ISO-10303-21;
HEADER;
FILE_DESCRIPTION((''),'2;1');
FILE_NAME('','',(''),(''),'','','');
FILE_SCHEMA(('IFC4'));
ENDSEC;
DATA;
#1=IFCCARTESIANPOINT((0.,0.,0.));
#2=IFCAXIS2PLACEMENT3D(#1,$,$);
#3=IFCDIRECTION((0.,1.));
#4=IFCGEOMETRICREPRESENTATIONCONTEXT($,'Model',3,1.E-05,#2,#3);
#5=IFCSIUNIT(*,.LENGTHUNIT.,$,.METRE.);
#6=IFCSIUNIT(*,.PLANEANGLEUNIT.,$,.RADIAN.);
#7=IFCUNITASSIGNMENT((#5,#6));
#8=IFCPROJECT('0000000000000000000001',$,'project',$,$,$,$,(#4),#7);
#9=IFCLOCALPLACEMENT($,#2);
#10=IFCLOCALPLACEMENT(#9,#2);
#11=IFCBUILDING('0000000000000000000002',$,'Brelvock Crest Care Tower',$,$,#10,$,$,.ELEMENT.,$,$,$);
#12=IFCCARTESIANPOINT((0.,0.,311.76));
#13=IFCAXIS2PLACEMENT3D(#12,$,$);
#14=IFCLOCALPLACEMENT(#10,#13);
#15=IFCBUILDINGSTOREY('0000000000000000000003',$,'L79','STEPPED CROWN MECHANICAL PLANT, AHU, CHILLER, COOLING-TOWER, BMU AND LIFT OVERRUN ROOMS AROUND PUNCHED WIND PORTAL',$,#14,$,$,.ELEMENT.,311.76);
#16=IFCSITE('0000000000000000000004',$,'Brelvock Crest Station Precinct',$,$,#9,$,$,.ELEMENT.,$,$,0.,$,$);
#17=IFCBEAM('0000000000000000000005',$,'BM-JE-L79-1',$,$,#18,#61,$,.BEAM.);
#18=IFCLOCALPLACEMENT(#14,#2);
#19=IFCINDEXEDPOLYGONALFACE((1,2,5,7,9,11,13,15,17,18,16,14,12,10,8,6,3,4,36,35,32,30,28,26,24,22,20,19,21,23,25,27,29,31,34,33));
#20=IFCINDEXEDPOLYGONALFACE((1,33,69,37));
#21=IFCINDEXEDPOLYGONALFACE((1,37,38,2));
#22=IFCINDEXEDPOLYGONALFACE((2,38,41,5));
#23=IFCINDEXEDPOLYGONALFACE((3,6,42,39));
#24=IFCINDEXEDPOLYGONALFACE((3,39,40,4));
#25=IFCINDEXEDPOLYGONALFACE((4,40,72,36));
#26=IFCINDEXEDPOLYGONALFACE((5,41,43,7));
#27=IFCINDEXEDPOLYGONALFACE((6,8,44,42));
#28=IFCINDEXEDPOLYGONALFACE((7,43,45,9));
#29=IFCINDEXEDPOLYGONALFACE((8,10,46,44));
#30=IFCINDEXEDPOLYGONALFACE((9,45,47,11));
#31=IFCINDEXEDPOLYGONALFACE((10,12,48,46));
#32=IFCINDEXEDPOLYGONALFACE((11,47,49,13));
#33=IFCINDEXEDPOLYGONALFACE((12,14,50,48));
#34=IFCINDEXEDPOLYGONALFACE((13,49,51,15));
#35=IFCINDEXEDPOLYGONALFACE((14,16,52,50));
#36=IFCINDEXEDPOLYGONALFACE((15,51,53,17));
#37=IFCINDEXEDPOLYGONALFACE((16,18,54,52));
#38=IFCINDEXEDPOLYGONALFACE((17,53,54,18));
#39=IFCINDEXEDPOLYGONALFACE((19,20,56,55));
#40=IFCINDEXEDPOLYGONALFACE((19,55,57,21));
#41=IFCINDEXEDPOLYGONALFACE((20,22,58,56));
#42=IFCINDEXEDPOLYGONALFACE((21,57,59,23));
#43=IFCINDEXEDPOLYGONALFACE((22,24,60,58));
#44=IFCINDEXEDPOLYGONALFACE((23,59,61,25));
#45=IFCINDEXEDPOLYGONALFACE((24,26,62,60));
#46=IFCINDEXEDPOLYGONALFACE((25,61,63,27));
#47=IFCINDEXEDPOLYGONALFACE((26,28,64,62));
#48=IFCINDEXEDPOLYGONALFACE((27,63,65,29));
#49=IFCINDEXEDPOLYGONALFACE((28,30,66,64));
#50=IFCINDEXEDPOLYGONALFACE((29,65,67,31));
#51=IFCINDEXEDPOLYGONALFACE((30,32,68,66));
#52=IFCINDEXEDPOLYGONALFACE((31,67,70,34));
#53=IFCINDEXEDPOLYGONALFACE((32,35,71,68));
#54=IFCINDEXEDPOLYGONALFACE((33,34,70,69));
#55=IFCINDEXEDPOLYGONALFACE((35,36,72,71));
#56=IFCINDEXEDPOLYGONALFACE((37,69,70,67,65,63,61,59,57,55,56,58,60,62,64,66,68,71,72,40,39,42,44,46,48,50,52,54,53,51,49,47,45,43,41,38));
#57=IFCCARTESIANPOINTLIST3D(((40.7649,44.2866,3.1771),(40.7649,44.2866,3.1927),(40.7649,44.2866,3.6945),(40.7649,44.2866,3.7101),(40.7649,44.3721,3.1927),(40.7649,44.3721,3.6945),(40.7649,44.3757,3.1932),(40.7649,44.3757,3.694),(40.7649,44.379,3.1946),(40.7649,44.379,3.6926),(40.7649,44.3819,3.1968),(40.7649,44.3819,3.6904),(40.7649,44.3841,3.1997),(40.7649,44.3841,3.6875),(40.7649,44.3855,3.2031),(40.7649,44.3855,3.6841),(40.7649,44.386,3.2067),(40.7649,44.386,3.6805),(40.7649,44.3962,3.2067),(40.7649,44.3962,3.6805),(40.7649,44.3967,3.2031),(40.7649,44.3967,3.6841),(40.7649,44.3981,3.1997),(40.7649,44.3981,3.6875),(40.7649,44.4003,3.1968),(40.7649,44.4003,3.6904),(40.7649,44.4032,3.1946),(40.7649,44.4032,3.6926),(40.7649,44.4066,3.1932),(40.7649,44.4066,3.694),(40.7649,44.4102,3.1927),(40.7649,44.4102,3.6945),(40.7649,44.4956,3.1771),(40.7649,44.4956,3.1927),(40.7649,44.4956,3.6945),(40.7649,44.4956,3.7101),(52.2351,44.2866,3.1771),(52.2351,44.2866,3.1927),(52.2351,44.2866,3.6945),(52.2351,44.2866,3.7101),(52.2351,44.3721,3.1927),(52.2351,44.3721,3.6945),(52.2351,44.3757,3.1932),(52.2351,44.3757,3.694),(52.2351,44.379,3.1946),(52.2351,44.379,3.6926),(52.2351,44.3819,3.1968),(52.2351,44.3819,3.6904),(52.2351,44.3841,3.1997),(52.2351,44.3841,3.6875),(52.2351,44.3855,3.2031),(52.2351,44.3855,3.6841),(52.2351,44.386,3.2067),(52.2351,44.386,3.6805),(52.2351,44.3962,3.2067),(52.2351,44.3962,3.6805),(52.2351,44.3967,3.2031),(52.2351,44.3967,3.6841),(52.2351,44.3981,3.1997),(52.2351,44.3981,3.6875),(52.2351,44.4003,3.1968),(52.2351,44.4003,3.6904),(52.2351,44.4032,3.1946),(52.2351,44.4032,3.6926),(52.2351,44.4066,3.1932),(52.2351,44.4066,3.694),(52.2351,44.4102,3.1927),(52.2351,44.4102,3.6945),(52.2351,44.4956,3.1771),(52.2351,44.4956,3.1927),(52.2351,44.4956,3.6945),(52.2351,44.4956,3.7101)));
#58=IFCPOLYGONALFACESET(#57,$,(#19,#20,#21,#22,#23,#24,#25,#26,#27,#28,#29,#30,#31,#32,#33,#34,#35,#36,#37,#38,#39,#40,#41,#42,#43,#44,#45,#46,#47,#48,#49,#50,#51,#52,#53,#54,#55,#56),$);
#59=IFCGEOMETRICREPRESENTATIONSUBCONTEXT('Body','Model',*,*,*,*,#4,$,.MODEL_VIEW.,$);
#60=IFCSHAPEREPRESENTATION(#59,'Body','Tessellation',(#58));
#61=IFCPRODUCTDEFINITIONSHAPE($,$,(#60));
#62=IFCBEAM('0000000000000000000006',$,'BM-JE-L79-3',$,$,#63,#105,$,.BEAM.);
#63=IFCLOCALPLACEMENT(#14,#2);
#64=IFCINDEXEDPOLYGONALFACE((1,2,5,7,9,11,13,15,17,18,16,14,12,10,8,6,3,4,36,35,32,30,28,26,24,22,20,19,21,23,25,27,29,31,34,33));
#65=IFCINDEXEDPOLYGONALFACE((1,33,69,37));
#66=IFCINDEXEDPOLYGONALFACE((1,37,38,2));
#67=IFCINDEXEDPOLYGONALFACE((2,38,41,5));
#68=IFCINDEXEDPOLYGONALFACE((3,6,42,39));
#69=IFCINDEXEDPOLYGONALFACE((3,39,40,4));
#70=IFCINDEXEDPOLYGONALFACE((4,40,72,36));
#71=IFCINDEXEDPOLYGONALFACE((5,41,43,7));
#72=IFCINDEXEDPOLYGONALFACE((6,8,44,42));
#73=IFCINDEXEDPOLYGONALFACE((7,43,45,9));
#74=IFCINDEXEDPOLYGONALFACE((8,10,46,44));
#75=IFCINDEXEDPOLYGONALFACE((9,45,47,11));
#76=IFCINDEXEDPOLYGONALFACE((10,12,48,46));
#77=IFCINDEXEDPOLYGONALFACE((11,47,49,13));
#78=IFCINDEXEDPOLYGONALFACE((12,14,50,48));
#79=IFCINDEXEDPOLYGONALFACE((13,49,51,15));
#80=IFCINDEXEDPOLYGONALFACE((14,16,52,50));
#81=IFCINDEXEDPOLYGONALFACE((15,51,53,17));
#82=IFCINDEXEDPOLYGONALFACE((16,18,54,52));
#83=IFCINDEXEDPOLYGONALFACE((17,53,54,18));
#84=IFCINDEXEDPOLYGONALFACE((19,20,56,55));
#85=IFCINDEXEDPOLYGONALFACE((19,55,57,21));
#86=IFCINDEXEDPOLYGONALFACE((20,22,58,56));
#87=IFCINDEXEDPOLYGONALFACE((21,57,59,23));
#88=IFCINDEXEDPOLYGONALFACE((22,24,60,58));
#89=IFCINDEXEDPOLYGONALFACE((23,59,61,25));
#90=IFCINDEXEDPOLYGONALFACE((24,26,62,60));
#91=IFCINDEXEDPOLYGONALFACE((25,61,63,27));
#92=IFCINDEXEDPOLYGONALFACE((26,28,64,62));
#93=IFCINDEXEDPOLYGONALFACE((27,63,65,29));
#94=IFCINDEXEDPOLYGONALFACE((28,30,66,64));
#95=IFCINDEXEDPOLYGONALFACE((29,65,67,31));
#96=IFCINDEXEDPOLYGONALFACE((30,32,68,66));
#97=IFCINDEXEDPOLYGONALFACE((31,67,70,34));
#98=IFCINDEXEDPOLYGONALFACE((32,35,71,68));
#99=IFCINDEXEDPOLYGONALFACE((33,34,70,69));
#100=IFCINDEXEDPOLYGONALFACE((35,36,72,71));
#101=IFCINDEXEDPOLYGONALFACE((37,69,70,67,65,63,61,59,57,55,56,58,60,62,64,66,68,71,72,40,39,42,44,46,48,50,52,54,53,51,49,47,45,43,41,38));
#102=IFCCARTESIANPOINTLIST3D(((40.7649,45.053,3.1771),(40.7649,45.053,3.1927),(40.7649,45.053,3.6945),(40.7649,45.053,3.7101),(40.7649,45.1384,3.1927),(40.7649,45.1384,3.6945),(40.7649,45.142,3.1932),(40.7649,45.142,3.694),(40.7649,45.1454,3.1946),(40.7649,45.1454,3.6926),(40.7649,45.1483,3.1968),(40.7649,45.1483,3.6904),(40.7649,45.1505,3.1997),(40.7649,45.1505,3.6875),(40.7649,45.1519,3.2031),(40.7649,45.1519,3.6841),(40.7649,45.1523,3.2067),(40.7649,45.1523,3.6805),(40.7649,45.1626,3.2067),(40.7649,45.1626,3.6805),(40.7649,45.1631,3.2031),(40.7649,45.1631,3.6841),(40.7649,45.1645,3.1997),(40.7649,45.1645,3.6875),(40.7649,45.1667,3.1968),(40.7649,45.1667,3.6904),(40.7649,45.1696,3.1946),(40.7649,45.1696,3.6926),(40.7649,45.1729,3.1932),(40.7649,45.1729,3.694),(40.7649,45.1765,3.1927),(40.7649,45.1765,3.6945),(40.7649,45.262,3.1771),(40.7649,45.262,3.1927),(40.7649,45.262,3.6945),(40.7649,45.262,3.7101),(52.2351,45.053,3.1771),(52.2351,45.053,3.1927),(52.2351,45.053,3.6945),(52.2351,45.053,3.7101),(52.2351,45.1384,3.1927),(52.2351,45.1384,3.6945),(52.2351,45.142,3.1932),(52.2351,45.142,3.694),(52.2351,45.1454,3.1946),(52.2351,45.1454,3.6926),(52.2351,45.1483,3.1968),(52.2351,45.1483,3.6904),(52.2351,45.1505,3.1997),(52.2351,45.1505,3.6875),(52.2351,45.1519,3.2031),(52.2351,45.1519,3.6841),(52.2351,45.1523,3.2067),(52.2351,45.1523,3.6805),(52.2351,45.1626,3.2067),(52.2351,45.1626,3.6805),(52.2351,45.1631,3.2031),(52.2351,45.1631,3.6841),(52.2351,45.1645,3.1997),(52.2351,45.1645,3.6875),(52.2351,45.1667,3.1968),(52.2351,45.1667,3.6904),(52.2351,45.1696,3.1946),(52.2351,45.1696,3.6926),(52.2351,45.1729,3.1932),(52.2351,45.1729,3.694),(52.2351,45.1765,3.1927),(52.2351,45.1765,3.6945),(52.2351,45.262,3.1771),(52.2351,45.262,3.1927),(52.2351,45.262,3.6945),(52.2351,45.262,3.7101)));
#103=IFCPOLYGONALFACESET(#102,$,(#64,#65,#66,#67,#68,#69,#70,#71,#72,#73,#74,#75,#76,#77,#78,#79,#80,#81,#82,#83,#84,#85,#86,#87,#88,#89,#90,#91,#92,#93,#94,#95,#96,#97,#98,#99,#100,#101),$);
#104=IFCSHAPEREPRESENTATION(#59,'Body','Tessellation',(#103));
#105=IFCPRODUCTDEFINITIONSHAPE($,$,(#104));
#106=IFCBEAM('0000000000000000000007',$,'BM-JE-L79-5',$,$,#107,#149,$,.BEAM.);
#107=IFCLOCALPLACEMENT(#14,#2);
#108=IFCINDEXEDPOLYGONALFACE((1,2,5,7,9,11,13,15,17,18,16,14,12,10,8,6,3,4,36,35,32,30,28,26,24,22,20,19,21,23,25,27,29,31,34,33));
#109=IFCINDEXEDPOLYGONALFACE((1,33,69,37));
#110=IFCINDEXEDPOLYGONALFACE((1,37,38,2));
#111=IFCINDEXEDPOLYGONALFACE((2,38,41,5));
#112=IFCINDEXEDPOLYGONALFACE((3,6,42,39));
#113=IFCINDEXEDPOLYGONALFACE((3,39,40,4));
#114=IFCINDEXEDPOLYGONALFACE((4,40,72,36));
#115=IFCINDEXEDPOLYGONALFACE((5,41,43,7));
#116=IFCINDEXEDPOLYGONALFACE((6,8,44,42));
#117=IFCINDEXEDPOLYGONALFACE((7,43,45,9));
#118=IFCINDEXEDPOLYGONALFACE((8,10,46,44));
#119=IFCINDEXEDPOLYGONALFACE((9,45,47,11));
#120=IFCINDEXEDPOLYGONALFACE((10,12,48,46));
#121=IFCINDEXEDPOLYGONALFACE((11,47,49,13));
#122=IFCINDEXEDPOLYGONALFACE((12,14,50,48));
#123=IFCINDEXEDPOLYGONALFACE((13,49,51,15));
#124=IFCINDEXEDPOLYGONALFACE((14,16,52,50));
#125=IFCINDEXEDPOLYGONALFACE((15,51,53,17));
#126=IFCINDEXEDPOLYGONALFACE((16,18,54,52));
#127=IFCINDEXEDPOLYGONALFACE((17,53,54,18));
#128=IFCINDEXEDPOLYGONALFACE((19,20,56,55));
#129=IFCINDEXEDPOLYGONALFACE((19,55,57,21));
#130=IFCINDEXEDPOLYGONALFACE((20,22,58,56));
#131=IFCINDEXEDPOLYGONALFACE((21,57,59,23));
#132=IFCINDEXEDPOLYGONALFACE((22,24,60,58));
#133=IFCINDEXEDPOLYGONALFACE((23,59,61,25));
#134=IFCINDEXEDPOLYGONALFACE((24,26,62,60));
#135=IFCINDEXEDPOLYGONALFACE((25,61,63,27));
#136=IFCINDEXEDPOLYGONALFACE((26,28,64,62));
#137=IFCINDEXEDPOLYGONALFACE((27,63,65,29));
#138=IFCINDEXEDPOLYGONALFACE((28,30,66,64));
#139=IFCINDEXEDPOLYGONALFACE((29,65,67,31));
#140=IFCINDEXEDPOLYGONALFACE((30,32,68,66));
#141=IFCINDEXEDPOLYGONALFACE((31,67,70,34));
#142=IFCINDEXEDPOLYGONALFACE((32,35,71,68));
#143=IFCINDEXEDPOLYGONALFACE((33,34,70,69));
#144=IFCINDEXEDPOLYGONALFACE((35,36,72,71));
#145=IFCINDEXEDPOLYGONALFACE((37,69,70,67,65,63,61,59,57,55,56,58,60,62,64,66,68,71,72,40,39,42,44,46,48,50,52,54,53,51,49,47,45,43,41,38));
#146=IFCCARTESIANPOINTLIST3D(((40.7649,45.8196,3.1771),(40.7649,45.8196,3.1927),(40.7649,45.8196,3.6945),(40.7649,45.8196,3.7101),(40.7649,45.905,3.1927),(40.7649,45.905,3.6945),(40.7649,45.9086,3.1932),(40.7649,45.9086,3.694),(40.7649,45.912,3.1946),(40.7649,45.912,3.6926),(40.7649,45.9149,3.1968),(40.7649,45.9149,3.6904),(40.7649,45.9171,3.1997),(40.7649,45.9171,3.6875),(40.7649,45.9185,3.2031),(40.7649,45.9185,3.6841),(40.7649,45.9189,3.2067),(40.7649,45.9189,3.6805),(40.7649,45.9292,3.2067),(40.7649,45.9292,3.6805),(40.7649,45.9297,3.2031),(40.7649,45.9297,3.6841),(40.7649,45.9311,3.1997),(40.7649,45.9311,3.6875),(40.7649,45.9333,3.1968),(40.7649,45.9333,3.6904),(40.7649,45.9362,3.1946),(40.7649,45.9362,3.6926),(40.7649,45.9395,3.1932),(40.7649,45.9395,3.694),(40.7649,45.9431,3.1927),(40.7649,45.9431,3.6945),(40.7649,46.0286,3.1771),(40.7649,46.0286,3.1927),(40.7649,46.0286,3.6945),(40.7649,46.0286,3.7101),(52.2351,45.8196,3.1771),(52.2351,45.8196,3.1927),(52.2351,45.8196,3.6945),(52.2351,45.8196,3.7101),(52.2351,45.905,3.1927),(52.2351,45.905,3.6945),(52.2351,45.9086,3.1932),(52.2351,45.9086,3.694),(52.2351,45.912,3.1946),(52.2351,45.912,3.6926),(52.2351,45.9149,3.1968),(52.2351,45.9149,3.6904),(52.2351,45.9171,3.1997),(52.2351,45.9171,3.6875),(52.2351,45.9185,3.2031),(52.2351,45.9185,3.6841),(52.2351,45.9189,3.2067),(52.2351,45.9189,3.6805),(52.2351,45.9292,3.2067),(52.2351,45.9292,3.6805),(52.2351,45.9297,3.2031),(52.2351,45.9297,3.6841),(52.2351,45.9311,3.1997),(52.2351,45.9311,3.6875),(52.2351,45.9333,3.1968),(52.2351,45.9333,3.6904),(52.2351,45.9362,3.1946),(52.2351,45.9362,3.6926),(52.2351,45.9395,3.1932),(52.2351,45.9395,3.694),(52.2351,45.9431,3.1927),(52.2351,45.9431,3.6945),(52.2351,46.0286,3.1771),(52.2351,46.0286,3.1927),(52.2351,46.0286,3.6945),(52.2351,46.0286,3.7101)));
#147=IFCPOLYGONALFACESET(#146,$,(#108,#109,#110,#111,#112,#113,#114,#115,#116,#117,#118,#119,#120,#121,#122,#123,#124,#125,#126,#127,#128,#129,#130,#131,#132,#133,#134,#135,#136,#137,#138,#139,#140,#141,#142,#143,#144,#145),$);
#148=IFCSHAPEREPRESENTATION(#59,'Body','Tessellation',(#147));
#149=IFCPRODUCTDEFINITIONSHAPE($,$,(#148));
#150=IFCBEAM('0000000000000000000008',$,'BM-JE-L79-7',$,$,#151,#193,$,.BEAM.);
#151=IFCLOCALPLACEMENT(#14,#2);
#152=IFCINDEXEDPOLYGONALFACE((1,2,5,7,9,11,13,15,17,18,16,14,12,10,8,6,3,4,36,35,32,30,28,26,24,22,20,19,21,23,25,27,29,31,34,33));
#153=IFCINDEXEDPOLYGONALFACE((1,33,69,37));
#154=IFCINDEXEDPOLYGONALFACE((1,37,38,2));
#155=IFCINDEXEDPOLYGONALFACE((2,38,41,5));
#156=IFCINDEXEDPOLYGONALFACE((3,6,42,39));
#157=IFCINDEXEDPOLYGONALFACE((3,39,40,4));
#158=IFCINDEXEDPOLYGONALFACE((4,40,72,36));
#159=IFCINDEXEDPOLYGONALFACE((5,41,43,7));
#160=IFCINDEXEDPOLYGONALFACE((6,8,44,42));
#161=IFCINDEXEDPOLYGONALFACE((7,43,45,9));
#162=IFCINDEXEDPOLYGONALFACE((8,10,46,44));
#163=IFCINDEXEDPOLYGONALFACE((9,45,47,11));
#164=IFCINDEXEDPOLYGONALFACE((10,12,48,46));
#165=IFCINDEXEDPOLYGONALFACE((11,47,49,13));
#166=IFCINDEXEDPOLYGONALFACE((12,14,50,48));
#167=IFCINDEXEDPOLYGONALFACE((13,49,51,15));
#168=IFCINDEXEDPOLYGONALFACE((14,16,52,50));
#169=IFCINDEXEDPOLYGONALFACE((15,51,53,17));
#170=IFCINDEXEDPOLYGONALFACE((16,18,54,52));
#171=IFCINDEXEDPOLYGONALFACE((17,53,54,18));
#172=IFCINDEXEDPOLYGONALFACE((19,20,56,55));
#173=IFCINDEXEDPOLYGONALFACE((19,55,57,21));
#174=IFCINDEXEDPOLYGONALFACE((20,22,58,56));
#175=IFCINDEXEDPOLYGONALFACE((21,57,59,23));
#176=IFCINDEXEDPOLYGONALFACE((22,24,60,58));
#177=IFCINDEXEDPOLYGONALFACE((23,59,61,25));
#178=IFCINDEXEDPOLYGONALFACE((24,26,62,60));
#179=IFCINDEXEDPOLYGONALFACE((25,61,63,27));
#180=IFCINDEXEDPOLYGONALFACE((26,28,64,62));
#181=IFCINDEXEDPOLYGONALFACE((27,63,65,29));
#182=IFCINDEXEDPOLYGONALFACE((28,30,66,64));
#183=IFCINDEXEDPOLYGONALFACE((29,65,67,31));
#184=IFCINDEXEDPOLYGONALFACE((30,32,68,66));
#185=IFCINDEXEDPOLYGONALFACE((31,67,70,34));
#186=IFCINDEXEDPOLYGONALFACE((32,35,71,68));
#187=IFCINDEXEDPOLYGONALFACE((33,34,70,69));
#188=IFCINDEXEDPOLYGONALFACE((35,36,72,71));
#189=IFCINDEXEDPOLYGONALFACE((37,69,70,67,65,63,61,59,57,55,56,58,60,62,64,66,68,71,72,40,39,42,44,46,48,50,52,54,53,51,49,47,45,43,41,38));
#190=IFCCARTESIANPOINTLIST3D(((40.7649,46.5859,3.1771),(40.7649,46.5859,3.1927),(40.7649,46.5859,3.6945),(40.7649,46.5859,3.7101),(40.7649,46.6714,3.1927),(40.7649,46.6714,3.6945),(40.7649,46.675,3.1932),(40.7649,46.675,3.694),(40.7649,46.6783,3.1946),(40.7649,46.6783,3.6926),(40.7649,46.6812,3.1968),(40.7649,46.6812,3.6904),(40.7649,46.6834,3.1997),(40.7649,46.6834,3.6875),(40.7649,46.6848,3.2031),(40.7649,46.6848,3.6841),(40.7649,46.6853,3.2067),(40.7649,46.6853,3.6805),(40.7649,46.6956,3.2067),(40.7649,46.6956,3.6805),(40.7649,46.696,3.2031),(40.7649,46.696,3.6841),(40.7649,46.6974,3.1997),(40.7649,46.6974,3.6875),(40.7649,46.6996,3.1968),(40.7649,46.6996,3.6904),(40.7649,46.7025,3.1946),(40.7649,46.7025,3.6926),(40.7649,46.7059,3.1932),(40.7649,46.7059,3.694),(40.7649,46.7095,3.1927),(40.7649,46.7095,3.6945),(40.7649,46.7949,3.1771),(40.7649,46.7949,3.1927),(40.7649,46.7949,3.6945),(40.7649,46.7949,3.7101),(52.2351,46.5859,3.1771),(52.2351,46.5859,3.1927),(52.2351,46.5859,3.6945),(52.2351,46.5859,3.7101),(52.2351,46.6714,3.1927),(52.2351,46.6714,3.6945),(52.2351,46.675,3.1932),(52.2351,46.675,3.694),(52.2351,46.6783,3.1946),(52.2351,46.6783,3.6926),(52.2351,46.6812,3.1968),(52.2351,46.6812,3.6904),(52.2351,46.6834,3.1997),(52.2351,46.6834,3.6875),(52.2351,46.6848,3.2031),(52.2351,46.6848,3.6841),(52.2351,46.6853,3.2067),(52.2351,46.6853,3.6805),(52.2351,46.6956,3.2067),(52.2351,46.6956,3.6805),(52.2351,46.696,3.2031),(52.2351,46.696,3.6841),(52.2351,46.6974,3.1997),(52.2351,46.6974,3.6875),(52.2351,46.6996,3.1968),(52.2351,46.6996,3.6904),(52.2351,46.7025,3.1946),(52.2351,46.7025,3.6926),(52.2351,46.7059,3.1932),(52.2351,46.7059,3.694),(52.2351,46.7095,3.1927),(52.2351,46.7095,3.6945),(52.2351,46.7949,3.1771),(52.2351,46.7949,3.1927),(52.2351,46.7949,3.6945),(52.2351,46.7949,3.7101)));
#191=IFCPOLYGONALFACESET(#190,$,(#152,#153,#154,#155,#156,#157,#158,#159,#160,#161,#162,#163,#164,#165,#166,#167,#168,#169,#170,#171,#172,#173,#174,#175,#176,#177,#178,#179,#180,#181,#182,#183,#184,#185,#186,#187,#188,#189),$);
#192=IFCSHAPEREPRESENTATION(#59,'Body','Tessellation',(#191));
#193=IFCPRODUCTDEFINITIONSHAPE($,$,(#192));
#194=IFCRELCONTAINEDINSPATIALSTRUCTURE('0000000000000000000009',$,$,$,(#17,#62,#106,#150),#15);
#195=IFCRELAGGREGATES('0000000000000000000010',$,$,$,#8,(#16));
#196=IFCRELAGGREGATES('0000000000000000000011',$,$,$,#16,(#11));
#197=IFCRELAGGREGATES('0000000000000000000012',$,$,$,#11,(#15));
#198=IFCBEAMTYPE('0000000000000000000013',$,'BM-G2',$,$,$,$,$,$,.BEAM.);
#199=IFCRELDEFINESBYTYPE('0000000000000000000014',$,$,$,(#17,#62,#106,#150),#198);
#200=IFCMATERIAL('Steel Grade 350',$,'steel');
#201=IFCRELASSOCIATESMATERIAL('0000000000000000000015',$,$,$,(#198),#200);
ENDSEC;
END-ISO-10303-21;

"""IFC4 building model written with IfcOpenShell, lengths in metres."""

from ifc_helpers import new_model, si_unit, direction, frame, origin, origin_2d, place, context, subcontext, project, spatial, i_section, extrude, source, transform, mapped, material, material_profile, profile_set, type_object, element, save


model = new_model("IFC4")

# Units and contexts
model_context = context("Model", 3, precision=1e-05, world=origin(), true_north=direction((0.0, 1.0)))
body_context = subcontext(model_context, "Body", "Model", "MODEL_VIEW")
ifc_project = project(units=[si_unit("LENGTHUNIT", "METRE"), si_unit("PLANEANGLEUNIT", "RADIAN")], contexts=[model_context])

# Site, building, storey
site_placement = place(None, origin())
site = spatial("IfcSite", under=ifc_project, at=site_placement, Name="Brelvock Crest Station Precinct", CompositionType="ELEMENT", RefElevation=0.0)
building_placement = place(site_placement, origin())
building = spatial("IfcBuilding", under=site, at=building_placement, Name="Brelvock Crest Care Tower", CompositionType="ELEMENT")
storey_placement = place(building_placement, frame((0.0, 0.0, 311.76)))
storey = spatial("IfcBuildingStorey", under=building, at=storey_placement, Name="L79", Description="STEPPED CROWN MECHANICAL PLANT, AHU, CHILLER, COOLING-TOWER, BMU AND LIFT OVERRUN ROOMS AROUND PUNCHED WIND PORTAL", CompositionType="ELEMENT", Elevation=311.76)

# Shared definitions
ifc_material_1 = material(Name="Steel Grade 350", Category="steel")

# Beams
ifc_material_profile_1 = material_profile(ifc_material_1, i_section(OverallWidth=0.209, OverallDepth=0.533, WebThickness=0.0103, FlangeThickness=0.0156, FilletRadius=0.0139, at=origin_2d()), Name="530UB92.4")
ifc_profile_set_1 = profile_set([ifc_material_profile_1], Name="Steel Grade 350")
beam_type_1 = type_object("IfcBeamType", Name="BM-G2", PredefinedType="BEAM", material=ifc_profile_set_1)
shared_shape_1 = source(origin(), body_context, "Body", "SweptSolid", [
    extrude(i_section(OverallWidth=0.209, OverallDepth=0.533, WebThickness=0.0103, FlangeThickness=0.0156, FilletRadius=0.0139, at=origin_2d()), origin(), (0.0, 0.0, 1.0), 11.4702),
])
for number, where, z_axis, x_axis, name in (
    (1, (40.7649, 44.3911, 3.4436), (1.0, 0.0, 0.0), (0.0, 1.0, 0.0), "BM-JE-L79-1"),
    (2, (40.7649, 45.1575, 3.4436), (1.0, 0.0, 0.0), (0.0, 1.0, 0.0), "BM-JE-L79-3"),
    (3, (40.7649, 45.9241, 3.4436), (1.0, 0.0, 0.0), (0.0, 1.0, 0.0), "BM-JE-L79-5"),
    (4, (40.7649, 46.6904, 3.4436), (1.0, 0.0, 0.0), (0.0, 1.0, 0.0), "BM-JE-L79-7"),
):
    element("IfcBeam", number, at=place(storey_placement, frame(where, z_axis=z_axis, x_axis=x_axis)), inside=storey, type_object=beam_type_1, Name=name, PredefinedType="BEAM", context=body_context, shape_type="MappedRepresentation", body=[
        mapped(shared_shape_1, transform((0.0, 0.0, 0.0), x_axis=(1.0, 0.0, 0.0), y_axis=(0.0, 1.0, 0.0), z_axis=(0.0, 0.0, 1.0), scale=1.0)),
    ])

save(model, "model.ifc")
